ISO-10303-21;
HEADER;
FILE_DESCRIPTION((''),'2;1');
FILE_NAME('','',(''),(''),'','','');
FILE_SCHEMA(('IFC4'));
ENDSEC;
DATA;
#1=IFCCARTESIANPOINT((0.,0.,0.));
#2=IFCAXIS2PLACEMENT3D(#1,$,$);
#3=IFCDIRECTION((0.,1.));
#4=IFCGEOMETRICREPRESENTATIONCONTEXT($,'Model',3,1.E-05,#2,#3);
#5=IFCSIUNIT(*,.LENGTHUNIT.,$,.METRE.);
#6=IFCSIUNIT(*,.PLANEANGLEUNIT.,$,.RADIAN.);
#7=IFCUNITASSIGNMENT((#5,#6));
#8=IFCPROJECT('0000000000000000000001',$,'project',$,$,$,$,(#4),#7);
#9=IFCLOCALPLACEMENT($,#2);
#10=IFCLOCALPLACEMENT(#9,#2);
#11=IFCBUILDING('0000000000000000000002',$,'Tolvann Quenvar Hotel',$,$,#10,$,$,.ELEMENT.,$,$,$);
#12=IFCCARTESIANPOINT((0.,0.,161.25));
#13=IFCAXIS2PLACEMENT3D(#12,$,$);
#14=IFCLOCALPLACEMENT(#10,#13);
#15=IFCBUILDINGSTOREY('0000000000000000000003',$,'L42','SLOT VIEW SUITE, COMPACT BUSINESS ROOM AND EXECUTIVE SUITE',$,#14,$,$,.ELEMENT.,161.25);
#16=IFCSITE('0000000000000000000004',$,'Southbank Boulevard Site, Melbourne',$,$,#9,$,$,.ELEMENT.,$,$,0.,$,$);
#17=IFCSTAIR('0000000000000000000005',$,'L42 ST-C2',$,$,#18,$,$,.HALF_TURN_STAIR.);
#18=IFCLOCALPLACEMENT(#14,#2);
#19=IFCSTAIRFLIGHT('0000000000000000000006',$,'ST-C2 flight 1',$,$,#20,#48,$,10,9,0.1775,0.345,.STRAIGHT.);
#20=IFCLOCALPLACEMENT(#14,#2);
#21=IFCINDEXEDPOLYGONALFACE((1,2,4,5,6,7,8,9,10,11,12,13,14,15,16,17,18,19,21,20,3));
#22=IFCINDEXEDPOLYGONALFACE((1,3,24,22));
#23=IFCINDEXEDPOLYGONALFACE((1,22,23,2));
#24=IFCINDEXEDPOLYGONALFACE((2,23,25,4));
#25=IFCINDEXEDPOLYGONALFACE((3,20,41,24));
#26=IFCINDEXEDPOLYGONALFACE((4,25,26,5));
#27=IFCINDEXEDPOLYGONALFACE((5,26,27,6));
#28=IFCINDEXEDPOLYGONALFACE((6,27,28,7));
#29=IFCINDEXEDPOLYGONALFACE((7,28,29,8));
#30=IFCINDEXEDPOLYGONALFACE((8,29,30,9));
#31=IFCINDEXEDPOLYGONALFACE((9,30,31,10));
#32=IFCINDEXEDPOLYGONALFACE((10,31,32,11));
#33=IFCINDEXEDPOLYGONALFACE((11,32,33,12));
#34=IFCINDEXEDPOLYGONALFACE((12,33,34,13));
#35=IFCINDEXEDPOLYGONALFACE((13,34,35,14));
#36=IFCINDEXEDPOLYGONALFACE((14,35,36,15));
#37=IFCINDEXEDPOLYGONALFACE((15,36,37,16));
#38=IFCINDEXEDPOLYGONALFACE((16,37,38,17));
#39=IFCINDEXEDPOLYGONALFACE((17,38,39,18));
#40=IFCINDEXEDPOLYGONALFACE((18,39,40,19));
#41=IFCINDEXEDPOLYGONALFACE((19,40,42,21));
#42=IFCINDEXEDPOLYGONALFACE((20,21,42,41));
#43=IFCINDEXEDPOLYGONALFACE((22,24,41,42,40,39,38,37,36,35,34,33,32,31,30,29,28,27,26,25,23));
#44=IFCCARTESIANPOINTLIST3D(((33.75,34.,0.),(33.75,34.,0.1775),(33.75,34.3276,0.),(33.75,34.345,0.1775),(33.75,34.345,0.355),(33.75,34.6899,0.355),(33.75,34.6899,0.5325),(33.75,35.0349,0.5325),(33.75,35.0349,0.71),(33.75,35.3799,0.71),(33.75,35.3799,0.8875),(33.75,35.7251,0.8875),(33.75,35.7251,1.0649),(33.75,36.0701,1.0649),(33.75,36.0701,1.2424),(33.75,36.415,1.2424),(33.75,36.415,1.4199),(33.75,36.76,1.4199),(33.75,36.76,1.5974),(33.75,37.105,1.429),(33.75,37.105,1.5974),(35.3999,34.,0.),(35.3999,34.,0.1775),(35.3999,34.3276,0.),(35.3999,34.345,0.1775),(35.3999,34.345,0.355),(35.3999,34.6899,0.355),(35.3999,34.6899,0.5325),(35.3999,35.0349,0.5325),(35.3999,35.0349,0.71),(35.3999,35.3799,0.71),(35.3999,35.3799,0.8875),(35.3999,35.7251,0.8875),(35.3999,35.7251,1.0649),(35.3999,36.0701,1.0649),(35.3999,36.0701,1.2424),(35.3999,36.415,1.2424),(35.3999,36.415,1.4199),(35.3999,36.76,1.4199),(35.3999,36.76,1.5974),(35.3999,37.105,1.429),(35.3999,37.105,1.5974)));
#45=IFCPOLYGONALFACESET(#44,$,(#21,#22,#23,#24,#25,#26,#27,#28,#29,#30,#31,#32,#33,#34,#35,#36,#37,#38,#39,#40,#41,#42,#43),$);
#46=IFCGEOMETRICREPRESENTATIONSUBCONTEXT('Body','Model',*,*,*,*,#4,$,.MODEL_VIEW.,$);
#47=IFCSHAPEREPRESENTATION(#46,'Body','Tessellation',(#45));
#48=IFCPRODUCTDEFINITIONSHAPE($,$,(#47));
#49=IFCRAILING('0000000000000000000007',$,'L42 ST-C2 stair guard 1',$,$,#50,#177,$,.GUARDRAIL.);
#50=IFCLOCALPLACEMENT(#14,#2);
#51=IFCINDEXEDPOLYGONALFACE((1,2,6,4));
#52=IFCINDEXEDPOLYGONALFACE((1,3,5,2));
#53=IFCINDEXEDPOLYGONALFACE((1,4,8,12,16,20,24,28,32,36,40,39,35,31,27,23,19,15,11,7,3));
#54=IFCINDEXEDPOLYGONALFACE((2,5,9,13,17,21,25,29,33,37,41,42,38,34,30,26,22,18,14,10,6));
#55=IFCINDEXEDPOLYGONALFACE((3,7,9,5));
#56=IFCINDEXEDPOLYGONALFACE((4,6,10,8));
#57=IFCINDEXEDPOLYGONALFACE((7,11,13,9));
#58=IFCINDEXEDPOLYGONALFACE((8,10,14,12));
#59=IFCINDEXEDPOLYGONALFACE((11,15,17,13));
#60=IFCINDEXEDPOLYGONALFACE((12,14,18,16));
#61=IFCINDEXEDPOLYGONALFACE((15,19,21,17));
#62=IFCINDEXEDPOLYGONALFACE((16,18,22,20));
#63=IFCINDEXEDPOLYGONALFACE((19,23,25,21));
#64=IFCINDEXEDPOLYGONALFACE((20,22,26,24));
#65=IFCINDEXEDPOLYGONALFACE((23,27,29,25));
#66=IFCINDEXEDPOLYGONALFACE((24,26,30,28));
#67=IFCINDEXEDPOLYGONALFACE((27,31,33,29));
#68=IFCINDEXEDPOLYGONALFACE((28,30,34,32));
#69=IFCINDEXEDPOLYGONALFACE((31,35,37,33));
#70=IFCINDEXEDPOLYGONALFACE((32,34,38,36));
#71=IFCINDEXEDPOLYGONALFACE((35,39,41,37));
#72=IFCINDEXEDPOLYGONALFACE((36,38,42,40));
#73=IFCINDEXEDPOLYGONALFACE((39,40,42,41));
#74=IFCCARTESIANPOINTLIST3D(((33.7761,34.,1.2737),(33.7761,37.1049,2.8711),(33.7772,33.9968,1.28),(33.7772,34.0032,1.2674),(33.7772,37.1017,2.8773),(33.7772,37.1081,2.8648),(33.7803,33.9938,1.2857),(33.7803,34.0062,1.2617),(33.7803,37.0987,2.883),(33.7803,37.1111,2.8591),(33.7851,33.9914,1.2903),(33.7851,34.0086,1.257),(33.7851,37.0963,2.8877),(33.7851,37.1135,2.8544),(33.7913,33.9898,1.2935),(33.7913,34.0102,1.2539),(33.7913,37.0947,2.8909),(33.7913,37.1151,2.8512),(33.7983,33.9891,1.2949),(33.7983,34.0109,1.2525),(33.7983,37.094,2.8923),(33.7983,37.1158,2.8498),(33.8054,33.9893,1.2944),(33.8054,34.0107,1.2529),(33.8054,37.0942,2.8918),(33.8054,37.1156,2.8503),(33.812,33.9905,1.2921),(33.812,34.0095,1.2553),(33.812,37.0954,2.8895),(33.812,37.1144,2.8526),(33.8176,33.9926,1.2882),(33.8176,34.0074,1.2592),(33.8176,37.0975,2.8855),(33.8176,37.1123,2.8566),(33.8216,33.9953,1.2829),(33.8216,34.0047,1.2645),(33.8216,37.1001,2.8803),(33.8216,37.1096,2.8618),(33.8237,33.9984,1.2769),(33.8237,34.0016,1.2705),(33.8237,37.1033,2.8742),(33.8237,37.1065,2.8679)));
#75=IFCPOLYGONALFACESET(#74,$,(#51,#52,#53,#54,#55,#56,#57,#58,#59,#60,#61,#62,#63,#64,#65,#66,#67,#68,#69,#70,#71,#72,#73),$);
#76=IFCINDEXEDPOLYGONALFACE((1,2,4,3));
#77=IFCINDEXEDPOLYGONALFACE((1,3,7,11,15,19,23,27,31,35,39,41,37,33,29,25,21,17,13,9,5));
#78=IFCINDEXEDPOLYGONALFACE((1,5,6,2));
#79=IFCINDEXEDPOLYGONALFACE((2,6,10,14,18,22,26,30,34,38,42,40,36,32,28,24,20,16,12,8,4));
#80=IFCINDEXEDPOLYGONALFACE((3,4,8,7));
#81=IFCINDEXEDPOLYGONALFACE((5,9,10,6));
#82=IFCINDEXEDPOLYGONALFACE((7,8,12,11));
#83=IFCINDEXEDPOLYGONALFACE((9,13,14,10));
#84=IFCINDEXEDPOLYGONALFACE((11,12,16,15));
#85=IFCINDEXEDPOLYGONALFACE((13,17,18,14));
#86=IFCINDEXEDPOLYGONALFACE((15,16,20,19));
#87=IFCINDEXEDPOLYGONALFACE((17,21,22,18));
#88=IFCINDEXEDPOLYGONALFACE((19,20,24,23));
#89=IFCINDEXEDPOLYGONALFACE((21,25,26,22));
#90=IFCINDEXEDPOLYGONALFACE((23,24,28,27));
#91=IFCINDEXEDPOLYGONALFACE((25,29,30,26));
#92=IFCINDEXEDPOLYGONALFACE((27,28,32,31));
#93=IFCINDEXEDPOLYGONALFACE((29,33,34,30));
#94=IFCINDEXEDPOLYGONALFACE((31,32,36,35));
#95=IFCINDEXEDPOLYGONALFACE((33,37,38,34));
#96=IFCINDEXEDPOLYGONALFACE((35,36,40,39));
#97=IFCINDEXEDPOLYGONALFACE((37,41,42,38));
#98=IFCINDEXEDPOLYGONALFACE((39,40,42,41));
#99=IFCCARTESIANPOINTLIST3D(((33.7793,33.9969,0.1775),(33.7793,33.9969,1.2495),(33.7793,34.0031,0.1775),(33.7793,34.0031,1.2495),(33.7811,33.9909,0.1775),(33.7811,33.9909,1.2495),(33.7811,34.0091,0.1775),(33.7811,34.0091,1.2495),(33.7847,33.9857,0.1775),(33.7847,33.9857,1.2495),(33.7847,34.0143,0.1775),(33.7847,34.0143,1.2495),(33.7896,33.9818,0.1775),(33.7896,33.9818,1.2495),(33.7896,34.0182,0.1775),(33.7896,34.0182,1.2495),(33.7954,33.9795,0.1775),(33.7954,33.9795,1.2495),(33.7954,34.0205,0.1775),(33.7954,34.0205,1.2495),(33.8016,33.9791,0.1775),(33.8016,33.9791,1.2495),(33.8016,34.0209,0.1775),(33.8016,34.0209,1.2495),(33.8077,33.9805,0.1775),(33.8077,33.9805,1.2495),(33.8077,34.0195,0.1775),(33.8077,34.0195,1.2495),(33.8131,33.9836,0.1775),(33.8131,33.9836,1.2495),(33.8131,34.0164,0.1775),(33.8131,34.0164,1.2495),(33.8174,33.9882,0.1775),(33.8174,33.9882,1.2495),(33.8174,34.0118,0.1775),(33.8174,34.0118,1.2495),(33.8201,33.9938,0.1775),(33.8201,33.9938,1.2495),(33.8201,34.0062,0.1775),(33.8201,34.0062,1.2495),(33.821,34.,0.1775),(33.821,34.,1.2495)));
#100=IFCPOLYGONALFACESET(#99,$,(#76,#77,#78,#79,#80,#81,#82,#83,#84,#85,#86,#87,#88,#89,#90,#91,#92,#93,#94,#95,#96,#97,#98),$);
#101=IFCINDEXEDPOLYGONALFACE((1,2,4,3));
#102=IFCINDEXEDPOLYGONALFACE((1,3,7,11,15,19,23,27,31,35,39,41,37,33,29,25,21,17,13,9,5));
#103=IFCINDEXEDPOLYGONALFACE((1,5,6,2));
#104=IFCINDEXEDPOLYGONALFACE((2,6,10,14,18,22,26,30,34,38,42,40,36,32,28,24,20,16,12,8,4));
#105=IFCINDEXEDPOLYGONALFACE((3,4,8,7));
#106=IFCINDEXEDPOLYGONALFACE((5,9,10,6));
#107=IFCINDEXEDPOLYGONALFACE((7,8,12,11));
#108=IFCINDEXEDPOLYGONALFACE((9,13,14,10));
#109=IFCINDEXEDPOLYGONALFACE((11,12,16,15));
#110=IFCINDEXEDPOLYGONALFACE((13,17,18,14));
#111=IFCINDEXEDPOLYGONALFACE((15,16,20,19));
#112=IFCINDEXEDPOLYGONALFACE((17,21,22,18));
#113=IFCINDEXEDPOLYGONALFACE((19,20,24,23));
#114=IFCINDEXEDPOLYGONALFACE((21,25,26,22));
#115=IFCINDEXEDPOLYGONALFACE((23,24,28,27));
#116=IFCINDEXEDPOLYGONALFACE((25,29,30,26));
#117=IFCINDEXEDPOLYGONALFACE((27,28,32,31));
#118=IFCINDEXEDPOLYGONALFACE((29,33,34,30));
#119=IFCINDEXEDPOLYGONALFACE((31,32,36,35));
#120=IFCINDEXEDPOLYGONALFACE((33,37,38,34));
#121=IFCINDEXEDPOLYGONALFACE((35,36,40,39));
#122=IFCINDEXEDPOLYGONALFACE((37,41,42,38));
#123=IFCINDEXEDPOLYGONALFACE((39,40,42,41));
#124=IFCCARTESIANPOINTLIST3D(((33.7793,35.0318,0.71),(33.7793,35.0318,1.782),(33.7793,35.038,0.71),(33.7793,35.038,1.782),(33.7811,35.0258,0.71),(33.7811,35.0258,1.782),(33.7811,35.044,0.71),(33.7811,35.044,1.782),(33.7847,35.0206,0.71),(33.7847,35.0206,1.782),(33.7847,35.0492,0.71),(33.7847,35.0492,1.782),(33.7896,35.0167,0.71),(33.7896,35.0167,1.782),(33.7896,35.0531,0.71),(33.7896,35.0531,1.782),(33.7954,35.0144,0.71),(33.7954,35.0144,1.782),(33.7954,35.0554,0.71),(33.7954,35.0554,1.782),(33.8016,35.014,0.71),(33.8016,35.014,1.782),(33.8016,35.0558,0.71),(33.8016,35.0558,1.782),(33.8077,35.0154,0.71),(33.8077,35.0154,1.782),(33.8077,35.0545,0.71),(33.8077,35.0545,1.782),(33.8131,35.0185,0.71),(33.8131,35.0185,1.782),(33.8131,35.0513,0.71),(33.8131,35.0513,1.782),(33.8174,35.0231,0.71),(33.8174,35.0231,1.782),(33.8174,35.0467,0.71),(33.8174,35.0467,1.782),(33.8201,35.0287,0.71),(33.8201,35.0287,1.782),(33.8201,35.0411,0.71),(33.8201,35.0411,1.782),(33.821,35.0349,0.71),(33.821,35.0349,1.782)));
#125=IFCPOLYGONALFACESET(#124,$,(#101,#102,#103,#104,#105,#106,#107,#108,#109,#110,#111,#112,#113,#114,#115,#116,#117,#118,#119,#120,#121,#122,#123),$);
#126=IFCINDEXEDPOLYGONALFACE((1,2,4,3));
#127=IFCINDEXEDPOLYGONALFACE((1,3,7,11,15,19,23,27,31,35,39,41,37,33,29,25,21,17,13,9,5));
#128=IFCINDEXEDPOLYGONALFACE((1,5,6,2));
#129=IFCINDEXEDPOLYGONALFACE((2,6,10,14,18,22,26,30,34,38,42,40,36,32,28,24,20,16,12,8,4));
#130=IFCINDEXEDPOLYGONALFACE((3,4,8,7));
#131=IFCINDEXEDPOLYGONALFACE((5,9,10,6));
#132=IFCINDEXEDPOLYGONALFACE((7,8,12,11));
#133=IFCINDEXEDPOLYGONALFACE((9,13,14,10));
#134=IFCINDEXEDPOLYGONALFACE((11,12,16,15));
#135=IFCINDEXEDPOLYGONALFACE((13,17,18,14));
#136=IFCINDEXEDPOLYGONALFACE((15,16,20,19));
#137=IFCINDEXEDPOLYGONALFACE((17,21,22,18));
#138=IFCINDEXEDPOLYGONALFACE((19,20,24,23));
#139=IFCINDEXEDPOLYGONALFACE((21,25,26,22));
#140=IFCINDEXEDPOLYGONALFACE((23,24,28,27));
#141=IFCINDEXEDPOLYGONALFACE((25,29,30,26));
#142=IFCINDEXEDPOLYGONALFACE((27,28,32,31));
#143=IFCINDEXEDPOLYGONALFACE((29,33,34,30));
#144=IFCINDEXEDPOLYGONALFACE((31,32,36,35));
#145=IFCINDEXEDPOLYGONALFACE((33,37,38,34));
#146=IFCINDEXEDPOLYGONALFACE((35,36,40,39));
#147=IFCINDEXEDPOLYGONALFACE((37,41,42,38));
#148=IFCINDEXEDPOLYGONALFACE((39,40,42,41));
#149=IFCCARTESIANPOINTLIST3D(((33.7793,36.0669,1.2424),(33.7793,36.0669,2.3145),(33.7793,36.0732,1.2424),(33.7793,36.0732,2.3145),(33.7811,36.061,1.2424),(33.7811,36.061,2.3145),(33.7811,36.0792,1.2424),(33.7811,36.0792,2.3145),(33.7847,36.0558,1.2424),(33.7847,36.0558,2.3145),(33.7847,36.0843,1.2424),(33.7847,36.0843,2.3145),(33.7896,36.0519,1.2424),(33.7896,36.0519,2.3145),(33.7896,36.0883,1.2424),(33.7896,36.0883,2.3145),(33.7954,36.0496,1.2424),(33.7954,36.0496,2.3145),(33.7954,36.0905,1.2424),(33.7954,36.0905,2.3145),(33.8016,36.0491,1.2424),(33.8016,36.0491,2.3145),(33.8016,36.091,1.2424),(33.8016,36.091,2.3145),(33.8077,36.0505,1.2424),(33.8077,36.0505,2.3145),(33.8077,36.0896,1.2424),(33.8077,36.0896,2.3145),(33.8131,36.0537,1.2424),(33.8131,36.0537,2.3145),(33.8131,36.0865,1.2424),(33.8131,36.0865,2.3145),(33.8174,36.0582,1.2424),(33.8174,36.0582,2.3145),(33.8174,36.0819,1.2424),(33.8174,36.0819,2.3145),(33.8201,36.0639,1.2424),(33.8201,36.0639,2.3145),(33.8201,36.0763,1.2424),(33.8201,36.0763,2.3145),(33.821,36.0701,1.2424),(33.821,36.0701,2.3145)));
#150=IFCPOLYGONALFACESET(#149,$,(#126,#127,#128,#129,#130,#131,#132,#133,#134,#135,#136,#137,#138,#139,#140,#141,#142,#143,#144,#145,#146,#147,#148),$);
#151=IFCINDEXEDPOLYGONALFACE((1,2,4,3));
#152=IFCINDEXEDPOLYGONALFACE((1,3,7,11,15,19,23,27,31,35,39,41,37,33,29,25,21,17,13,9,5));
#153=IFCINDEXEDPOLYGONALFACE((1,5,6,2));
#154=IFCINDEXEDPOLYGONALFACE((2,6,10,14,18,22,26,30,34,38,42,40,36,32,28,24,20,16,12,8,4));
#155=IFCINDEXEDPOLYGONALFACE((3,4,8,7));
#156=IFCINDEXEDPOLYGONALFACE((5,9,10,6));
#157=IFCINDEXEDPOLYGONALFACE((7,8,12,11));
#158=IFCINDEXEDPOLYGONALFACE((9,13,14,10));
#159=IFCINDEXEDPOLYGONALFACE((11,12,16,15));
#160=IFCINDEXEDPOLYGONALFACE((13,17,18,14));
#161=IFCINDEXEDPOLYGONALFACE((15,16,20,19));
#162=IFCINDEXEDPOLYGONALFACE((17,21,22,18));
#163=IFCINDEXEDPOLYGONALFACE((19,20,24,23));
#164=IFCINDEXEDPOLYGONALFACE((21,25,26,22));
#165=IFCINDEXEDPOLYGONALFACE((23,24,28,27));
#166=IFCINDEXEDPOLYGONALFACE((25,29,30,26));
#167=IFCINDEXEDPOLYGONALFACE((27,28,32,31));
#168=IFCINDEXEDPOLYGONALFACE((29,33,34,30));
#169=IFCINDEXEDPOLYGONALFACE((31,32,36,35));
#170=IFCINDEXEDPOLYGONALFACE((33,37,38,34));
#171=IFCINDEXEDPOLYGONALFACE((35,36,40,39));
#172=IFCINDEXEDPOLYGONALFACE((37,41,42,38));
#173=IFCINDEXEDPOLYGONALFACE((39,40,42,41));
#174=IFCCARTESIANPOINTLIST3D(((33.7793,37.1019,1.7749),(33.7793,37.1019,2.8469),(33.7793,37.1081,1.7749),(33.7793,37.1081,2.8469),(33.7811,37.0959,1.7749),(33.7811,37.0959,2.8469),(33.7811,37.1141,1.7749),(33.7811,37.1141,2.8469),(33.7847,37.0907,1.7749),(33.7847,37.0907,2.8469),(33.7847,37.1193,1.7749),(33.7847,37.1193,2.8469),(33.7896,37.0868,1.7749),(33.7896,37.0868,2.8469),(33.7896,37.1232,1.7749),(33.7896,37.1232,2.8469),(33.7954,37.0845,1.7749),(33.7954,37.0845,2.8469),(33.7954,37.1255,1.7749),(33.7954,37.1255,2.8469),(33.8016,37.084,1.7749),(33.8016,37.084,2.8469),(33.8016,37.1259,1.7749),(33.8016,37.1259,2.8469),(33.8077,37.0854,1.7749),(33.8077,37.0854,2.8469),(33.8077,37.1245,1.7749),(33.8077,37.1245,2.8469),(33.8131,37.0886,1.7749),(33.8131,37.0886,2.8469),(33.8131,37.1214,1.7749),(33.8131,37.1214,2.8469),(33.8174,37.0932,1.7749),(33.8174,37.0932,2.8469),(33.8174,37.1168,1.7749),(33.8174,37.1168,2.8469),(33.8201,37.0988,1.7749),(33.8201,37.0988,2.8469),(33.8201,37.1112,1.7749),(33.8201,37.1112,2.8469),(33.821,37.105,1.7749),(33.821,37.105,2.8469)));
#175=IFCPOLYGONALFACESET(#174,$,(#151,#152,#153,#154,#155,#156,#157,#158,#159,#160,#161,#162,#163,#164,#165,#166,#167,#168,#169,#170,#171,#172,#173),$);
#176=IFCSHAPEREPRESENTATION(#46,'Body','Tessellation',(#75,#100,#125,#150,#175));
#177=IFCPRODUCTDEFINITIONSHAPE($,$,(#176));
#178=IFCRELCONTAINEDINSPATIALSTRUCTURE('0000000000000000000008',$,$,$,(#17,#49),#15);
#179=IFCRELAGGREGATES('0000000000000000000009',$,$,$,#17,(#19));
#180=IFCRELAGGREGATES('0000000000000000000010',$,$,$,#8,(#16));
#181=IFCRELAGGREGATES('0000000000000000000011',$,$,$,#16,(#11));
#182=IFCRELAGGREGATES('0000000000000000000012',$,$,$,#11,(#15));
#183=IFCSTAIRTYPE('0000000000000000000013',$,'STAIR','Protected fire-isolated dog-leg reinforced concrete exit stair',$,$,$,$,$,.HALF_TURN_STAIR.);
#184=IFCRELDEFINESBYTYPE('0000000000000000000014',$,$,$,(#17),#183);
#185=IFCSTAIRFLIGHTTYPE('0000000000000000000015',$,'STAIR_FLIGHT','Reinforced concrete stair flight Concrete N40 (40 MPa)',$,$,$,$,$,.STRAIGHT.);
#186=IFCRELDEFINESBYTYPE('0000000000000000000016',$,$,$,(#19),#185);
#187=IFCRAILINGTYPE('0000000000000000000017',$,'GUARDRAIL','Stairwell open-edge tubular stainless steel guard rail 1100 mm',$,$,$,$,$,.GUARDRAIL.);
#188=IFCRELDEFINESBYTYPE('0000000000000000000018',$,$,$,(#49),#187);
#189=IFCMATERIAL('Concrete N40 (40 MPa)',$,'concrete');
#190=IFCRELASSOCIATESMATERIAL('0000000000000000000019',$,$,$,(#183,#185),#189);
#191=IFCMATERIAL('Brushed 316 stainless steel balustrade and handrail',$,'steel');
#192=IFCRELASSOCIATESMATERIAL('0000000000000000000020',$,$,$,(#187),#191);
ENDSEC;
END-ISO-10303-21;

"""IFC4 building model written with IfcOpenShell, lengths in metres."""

from ifc_helpers import new_model, si_unit, direction, frame, origin, origin_2d, place, context, subcontext, project, spatial, polyline, circle, outline, extrude, material, type_object, element, aggregate, save


model = new_model("IFC4")

# Units and contexts
model_context = context("Model", 3, precision=1e-05, world=origin(), true_north=direction((0.0, 1.0)))
body_context = subcontext(model_context, "Body", "Model", "MODEL_VIEW")
ifc_project = project(units=[si_unit("LENGTHUNIT", "METRE"), si_unit("PLANEANGLEUNIT", "RADIAN")], contexts=[model_context])

# Site, building, storey
site_placement = place(None, origin())
site = spatial("IfcSite", under=ifc_project, at=site_placement, Name="Southbank Boulevard Site, Melbourne", CompositionType="ELEMENT", RefElevation=0.0)
building_placement = place(site_placement, origin())
building = spatial("IfcBuilding", under=site, at=building_placement, Name="Tolvann Quenvar Hotel", CompositionType="ELEMENT")
storey_placement = place(building_placement, frame((0.0, 0.0, 161.25)))
storey = spatial("IfcBuildingStorey", under=building, at=storey_placement, Name="L42", Description="SLOT VIEW SUITE, COMPACT BUSINESS ROOM AND EXECUTIVE SUITE", CompositionType="ELEMENT", Elevation=161.25)

# Shared definitions
ifc_material_1 = material(Name="Concrete N40 (40 MPa)", Category="concrete")

# Stair, stair flight
stair_type = type_object("IfcStairType", Name="STAIR", Description="Protected fire-isolated dog-leg reinforced concrete exit stair", PredefinedType="HALF_TURN_STAIR", material=ifc_material_1)
stair_placement = place(storey_placement, origin())
stair = element("IfcStair", 1, at=stair_placement, inside=storey, type_object=stair_type, Name="L42 ST-C2", PredefinedType="HALF_TURN_STAIR")
stair_flight_type = type_object("IfcStairFlightType", Name="STAIR_FLIGHT", Description="Reinforced concrete stair flight Concrete N40 (40 MPa)", PredefinedType="STRAIGHT", material=ifc_material_1)
stair_flight_placement = place(storey_placement, frame((34.575, 34.0, 0.0), z_axis=(0.0, 0.0, 1.0), x_axis=(0.0, 1.0, 0.0)))
stair_flight = element("IfcStairFlight", 2, at=stair_flight_placement, type_object=stair_flight_type, Name="ST-C2 flight 1", NumberOfRisers=10, NumberOfTreads=9, PredefinedType="STRAIGHT", RiserHeight=0.1775, TreadLength=0.345, context=body_context, shape_type="SweptSolid", body=[
    extrude(outline(polyline([(0.0, 0.0), (0.0, 0.1775), (0.345, 0.1775), (0.345, 0.355), (0.6899, 0.355), (0.6899, 0.5325), (1.0349, 0.5325), (1.0349, 0.71), (1.3799, 0.71), (1.3799, 0.8875), (1.7251, 0.8875), (1.7251, 1.0649), (2.0701, 1.0649), (2.0701, 1.2424), (2.415, 1.2424), (2.415, 1.4199), (2.76, 1.4199), (2.76, 1.5974), (3.105, 1.5974), (3.105, 1.7749), (3.105, 1.429), (0.3276, 0.0), (0.0, 0.0)])), frame((0.0, 0.825, 0.0), z_axis=(0.0, -1.0, 0.0), x_axis=(1.0, 0.0, 0.0)), (0.0, 0.0, 1.0), 1.6499),
])
aggregate(stair, [stair_flight])

# Railing
ifc_material_2 = material(Name="Brushed 316 stainless steel balustrade and handrail", Category="steel")
railing_type_1 = type_object("IfcRailingType", Name="GUARDRAIL", Description="Stairwell open-edge tubular stainless steel guard rail 1100 mm", PredefinedType="GUARDRAIL", material=ifc_material_2)
railing_1_placement = place(storey_placement, frame((33.8, 34.0, 0.1775)))
element("IfcRailing", 3, at=railing_1_placement, inside=storey, type_object=railing_type_1, Name="L42 ST-C2 stair guard 1", PredefinedType="GUARDRAIL", context=body_context, shape_type="SweptSolid", body=[
    extrude(circle(Radius=0.0239, at=origin_2d()), frame((0.0, 0.0, 1.0962), z_axis=(0.0, 0.889222, 0.457476), x_axis=(-1.0, 0.0, 0.0)), (0.0, 0.0, 1.0), 3.4917),
    extrude(circle(Radius=0.021, at=origin_2d()), origin(), (0.0, 0.0, 1.0), 1.072),
    extrude(circle(Radius=0.021, at=origin_2d()), frame((0.0, 1.0349, 0.5325)), (0.0, 0.0, 1.0), 1.072),
    extrude(circle(Radius=0.021, at=origin_2d()), frame((0.0, 2.0701, 1.0649)), (0.0, 0.0, 1.0), 1.072),
    extrude(circle(Radius=0.021, at=origin_2d()), frame((0.0, 3.105, 1.5974)), (0.0, 0.0, 1.0), 1.072),
])

save(model, "model.ifc")
